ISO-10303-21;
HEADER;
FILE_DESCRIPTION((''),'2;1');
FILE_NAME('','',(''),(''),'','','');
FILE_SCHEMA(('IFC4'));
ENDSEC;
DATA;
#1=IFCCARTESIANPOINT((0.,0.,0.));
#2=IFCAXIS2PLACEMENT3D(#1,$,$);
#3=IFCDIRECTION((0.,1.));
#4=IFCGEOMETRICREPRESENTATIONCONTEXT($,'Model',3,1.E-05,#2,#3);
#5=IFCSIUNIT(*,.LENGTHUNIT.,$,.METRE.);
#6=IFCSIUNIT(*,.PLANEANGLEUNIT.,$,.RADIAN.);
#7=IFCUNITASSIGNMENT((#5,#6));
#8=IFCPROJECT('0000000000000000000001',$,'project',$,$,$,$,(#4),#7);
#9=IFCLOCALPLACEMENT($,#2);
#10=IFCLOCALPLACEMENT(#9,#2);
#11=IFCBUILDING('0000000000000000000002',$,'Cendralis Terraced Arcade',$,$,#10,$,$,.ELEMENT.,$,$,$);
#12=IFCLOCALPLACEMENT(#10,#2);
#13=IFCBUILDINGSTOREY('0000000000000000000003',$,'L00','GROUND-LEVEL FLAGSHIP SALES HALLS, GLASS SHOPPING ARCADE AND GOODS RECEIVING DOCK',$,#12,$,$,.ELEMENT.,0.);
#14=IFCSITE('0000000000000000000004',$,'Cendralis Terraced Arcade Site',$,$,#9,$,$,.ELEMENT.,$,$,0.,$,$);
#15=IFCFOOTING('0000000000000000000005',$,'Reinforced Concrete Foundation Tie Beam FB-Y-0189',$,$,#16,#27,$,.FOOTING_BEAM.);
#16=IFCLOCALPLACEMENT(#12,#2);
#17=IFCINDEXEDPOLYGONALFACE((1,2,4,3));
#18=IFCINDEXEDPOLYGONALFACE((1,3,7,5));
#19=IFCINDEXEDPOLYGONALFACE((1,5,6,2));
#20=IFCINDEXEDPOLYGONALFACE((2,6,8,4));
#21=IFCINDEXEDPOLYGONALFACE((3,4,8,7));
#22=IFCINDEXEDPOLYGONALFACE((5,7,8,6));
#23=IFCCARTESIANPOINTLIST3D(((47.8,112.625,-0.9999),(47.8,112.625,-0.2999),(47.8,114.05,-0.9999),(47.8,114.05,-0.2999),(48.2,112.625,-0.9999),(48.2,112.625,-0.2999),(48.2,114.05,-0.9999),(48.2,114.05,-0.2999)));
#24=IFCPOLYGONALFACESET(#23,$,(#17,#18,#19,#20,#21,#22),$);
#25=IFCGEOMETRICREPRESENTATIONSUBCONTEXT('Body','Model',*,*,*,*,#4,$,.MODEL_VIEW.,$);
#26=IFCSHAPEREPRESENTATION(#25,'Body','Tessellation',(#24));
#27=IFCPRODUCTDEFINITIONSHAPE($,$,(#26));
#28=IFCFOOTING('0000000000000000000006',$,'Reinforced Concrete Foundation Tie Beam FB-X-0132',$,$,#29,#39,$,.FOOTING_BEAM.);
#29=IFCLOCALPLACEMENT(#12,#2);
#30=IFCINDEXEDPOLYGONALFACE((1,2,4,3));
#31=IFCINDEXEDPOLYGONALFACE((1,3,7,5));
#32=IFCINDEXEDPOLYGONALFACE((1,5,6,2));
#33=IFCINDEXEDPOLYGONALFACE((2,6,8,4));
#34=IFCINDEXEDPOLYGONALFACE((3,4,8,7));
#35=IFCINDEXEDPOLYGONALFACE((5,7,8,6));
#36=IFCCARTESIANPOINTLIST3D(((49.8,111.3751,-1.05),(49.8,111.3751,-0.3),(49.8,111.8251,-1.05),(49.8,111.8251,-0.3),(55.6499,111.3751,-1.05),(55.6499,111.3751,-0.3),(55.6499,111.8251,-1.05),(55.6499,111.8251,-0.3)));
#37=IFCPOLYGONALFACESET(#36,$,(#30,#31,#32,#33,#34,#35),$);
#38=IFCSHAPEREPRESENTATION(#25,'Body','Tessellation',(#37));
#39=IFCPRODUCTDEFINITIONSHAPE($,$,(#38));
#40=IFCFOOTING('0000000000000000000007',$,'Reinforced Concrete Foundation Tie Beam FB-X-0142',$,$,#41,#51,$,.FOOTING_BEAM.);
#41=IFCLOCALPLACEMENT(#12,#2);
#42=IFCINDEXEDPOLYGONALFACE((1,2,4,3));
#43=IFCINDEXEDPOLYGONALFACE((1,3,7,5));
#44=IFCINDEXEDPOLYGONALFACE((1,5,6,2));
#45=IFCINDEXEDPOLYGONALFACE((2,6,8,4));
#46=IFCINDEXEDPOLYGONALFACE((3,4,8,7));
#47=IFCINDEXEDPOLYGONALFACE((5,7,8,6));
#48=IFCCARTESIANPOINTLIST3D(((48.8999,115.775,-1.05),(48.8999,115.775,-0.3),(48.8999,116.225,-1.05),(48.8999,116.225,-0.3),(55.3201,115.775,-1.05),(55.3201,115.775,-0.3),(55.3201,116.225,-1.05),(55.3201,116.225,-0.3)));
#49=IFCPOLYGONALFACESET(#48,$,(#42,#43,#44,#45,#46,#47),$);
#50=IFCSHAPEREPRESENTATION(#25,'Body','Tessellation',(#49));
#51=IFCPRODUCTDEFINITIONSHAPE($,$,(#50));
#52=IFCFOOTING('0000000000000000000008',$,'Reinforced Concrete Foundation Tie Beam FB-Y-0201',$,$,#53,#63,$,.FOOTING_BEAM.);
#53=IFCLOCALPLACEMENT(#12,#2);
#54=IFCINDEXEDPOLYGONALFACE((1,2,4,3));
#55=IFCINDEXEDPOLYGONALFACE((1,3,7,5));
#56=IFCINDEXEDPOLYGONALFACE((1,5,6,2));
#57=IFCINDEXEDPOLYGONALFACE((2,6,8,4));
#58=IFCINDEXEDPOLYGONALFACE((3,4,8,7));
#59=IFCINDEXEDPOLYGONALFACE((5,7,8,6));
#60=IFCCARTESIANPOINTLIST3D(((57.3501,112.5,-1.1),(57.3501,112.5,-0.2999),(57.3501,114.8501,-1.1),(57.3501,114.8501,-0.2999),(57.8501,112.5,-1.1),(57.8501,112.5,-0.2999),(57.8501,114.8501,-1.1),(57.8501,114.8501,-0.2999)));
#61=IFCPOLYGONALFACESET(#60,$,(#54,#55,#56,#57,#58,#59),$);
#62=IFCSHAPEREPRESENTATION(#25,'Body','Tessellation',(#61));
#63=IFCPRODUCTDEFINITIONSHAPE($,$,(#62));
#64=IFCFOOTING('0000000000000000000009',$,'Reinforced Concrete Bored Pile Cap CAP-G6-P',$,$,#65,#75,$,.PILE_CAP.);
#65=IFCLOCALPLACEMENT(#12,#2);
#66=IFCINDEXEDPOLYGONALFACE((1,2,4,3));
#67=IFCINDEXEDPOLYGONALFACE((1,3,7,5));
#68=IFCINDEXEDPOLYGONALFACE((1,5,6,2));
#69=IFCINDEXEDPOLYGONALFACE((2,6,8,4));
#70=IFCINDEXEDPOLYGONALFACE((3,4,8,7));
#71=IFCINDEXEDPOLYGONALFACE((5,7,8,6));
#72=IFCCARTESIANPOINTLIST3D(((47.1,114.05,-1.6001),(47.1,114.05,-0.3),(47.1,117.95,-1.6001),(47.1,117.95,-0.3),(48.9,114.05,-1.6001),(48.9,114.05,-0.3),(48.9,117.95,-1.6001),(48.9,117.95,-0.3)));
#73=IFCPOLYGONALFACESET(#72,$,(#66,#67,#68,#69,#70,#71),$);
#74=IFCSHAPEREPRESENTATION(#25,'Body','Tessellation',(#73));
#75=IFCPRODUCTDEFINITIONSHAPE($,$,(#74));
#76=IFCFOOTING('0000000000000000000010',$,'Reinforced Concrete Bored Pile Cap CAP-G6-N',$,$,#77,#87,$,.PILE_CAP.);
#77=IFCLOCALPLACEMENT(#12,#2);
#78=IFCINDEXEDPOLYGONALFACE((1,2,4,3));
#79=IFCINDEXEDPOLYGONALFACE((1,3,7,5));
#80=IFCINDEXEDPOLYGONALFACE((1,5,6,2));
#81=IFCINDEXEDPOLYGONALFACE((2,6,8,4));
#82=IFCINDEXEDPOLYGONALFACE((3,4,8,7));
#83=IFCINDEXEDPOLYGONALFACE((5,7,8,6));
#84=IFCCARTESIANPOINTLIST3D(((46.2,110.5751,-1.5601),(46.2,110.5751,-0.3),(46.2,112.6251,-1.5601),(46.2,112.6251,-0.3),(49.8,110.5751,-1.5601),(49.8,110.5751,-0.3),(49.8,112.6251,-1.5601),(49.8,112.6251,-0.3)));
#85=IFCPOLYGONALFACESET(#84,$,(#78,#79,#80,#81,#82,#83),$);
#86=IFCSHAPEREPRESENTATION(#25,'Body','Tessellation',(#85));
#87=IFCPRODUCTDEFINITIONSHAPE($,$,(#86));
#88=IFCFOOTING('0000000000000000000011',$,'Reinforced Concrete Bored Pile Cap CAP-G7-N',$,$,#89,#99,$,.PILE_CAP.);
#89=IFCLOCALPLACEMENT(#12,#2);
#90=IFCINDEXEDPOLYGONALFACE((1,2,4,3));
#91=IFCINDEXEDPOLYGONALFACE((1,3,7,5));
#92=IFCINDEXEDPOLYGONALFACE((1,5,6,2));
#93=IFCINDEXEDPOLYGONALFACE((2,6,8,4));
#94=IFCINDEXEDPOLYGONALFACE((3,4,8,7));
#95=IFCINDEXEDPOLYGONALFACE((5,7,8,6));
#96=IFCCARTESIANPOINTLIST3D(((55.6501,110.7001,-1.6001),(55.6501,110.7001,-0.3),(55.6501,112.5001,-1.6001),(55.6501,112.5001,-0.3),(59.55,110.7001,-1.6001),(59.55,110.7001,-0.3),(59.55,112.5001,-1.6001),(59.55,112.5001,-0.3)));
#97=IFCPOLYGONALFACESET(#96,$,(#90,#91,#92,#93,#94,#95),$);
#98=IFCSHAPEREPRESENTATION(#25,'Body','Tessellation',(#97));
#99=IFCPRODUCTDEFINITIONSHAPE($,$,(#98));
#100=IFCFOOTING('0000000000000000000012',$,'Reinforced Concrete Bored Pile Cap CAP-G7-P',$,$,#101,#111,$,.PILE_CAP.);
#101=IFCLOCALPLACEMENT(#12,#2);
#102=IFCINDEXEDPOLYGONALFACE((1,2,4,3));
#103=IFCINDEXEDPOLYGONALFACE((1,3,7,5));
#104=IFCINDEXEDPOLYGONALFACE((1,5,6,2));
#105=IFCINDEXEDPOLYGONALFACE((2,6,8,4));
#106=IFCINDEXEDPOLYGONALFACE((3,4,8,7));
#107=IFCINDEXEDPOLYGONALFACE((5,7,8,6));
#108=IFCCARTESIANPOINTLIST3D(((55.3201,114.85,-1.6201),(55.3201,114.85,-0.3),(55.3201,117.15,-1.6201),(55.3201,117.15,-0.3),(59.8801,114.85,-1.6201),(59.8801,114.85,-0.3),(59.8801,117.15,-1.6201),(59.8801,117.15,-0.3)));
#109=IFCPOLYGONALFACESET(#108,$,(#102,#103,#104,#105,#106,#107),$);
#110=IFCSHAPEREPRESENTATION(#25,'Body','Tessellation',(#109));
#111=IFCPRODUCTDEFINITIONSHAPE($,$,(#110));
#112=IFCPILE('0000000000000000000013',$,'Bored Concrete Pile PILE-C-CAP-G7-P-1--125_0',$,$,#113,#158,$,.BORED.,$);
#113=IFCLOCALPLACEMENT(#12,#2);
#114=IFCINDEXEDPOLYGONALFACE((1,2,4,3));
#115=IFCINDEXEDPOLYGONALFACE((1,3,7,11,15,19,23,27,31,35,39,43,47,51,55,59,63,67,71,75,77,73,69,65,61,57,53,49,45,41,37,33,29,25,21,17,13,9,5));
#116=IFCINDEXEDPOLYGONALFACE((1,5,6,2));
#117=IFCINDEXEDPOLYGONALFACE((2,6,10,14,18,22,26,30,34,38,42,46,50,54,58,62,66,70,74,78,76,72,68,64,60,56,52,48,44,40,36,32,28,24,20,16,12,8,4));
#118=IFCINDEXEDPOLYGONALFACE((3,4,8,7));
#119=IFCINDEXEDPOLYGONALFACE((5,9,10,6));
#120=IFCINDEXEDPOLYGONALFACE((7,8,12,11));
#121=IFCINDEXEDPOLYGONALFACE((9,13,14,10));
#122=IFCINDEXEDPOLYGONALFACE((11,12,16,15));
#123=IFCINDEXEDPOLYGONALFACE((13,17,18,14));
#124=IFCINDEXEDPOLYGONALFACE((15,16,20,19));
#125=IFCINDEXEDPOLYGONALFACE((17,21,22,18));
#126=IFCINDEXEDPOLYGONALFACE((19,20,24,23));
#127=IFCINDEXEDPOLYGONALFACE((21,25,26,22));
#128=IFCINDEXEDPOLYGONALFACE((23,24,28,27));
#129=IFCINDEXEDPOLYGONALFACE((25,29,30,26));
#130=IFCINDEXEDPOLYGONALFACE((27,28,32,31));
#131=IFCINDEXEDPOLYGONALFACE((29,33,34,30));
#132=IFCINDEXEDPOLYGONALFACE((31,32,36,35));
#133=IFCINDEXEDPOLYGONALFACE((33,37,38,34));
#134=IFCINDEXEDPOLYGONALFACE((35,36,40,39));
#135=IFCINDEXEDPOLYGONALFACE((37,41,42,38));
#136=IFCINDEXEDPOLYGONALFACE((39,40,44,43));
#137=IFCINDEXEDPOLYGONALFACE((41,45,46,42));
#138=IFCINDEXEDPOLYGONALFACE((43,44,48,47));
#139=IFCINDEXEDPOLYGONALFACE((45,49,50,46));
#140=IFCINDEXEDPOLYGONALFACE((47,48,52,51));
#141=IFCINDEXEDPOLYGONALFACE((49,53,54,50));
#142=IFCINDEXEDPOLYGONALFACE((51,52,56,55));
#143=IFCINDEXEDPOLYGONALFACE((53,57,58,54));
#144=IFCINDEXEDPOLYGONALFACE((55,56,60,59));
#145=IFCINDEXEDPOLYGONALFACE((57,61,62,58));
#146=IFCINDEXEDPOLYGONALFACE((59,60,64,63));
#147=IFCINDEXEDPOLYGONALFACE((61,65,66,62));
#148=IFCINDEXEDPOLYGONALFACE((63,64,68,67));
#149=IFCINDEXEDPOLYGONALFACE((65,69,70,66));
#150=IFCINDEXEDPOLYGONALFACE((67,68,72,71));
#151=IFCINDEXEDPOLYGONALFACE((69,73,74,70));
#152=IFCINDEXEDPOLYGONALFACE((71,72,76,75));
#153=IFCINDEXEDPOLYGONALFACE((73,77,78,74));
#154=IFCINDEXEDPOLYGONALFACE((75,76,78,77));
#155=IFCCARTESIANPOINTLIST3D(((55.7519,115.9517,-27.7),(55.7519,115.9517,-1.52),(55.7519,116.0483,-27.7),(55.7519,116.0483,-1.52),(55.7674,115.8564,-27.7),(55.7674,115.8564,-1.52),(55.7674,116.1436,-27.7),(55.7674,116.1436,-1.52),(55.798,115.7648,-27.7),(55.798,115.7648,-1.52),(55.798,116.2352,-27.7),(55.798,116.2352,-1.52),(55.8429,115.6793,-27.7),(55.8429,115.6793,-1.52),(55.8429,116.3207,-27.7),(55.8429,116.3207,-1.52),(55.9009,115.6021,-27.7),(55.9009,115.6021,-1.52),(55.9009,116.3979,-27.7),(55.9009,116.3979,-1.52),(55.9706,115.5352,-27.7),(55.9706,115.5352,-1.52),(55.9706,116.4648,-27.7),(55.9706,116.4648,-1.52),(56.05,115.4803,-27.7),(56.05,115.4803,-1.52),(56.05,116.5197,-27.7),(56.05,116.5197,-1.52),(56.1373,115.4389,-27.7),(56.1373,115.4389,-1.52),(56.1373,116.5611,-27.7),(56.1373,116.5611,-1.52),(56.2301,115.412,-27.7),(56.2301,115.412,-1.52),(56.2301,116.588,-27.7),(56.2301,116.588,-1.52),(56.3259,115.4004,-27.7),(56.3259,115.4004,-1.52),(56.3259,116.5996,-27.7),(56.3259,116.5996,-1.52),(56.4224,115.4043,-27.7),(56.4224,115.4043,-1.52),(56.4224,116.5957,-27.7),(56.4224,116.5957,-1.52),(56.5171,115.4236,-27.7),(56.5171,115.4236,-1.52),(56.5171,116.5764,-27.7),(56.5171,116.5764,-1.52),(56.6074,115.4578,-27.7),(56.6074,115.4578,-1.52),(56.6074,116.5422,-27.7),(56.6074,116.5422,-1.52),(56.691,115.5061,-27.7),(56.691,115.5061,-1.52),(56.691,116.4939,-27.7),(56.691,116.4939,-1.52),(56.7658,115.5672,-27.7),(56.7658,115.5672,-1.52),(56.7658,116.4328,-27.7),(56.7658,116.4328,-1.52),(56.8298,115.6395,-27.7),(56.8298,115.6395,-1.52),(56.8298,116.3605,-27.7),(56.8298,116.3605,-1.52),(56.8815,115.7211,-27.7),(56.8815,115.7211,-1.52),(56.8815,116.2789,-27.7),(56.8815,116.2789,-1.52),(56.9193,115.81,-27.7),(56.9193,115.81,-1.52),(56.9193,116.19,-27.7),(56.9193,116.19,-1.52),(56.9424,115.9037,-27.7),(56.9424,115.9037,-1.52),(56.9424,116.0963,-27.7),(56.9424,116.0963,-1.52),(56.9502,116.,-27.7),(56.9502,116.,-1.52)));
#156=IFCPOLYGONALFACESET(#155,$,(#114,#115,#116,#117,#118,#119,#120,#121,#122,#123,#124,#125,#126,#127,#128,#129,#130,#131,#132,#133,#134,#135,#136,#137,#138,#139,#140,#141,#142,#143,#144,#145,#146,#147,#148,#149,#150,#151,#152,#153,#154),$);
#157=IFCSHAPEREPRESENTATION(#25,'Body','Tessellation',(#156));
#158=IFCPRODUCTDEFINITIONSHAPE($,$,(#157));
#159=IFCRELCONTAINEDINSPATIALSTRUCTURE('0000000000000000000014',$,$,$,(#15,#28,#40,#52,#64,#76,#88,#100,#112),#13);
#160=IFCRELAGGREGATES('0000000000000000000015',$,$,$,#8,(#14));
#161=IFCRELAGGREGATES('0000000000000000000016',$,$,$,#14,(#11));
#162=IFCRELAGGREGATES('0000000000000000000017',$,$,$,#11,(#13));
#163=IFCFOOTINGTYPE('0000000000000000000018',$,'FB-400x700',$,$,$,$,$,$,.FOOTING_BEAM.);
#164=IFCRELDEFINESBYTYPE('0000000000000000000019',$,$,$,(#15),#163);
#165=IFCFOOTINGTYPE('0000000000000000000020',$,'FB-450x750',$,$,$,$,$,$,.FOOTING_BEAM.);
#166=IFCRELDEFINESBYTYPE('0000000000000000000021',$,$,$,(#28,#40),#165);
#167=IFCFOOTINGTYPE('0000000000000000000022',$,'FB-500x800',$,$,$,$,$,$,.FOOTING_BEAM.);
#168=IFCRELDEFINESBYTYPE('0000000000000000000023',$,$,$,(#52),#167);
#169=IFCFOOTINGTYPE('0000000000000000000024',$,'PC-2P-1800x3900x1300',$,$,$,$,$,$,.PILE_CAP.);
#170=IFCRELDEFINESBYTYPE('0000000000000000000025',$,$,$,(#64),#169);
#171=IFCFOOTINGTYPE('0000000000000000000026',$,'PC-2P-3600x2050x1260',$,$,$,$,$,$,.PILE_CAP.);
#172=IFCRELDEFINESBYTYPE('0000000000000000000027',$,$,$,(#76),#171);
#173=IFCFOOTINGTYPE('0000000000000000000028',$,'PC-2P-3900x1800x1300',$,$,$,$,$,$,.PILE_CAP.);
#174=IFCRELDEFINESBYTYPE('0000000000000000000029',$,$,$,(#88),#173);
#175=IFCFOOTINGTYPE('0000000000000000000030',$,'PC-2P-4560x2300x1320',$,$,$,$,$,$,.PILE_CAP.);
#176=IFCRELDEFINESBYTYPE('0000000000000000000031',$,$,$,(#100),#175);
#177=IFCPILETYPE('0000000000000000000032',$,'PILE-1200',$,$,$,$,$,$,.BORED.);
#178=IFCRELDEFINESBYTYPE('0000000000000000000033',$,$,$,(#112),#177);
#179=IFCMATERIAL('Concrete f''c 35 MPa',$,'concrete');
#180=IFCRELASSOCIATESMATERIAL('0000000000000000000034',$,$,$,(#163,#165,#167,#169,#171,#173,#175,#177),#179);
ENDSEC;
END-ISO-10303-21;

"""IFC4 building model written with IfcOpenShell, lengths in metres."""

from ifc_helpers import new_model, si_unit, direction, frame, origin, origin_2d, place, context, subcontext, project, spatial, rectangle, circle, extrude, material, material_profile, profile_set, type_object, element, save


model = new_model("IFC4")

# Units and contexts
model_context = context("Model", 3, precision=1e-05, world=origin(), true_north=direction((0.0, 1.0)))
body_context = subcontext(model_context, "Body", "Model", "MODEL_VIEW")
ifc_project = project(units=[si_unit("LENGTHUNIT", "METRE"), si_unit("PLANEANGLEUNIT", "RADIAN")], contexts=[model_context])

# Site, building, storey
site_placement = place(None, origin())
site = spatial("IfcSite", under=ifc_project, at=site_placement, Name="Cendralis Terraced Arcade Site", CompositionType="ELEMENT", RefElevation=0.0)
building_placement = place(site_placement, origin())
building = spatial("IfcBuilding", under=site, at=building_placement, Name="Cendralis Terraced Arcade", CompositionType="ELEMENT")
storey_placement = place(building_placement, origin())
storey = spatial("IfcBuildingStorey", under=building, at=storey_placement, Name="L00", Description="GROUND-LEVEL FLAGSHIP SALES HALLS, GLASS SHOPPING ARCADE AND GOODS RECEIVING DOCK", CompositionType="ELEMENT", Elevation=0.0)

# Footings
ifc_material_1 = material(Name="Concrete f'c 35 MPa", Category="concrete")
ifc_material_profile_1 = material_profile(ifc_material_1, rectangle(XDim=0.3999, YDim=0.7, at=origin_2d()), Name="FB-400x700", Category="LoadBearing")
ifc_profile_set_1 = profile_set([ifc_material_profile_1], Name="Concrete f'c 35 MPa")
footing_type_1 = type_object("IfcFootingType", Name="FB-400x700", PredefinedType="FOOTING_BEAM", material=ifc_profile_set_1)
footing_1_placement = place(storey_placement, frame((48.0, 112.625, -0.6499), z_axis=(0.0, 1.0, 0.0), x_axis=(-1.0, 0.0, 0.0)))
element("IfcFooting", 1, at=footing_1_placement, inside=storey, type_object=footing_type_1, Name="Reinforced Concrete Foundation Tie Beam FB-Y-0189", PredefinedType="FOOTING_BEAM", context=body_context, shape_type="SweptSolid", body=[
    extrude(rectangle(XDim=0.3999, YDim=0.7, at=origin_2d()), origin(), (0.0, 0.0, 1.0), 1.425),
])
ifc_material_profile_2 = material_profile(ifc_material_1, rectangle(XDim=0.45, YDim=0.75, at=origin_2d()), Name="FB-450x750", Category="LoadBearing")
ifc_profile_set_2 = profile_set([ifc_material_profile_2], Name="Concrete f'c 35 MPa")
footing_type_2 = type_object("IfcFootingType", Name="FB-450x750", PredefinedType="FOOTING_BEAM", material=ifc_profile_set_2)
footing_2_placement = place(storey_placement, frame((49.8, 111.6001, -0.675), z_axis=(1.0, 0.0, 0.0), x_axis=(0.0, 1.0, 0.0)))
element("IfcFooting", 2, at=footing_2_placement, inside=storey, type_object=footing_type_2, Name="Reinforced Concrete Foundation Tie Beam FB-X-0132", PredefinedType="FOOTING_BEAM", context=body_context, shape_type="SweptSolid", body=[
    extrude(rectangle(XDim=0.45, YDim=0.75, at=origin_2d()), origin(), (0.0, 0.0, 1.0), 5.8499),
])
footing_3_placement = place(storey_placement, frame((48.8999, 116.0, -0.675), z_axis=(1.0, 0.0, 0.0), x_axis=(0.0, 1.0, 0.0)))
element("IfcFooting", 3, at=footing_3_placement, inside=storey, type_object=footing_type_2, Name="Reinforced Concrete Foundation Tie Beam FB-X-0142", PredefinedType="FOOTING_BEAM", context=body_context, shape_type="SweptSolid", body=[
    extrude(rectangle(XDim=0.45, YDim=0.75, at=origin_2d()), origin(), (0.0, 0.0, 1.0), 6.4202),
])
ifc_material_profile_3 = material_profile(ifc_material_1, rectangle(XDim=0.5, YDim=0.8, at=origin_2d()), Name="FB-500x800", Category="LoadBearing")
ifc_profile_set_3 = profile_set([ifc_material_profile_3], Name="Concrete f'c 35 MPa")
footing_type_3 = type_object("IfcFootingType", Name="FB-500x800", PredefinedType="FOOTING_BEAM", material=ifc_profile_set_3)
footing_4_placement = place(storey_placement, frame((57.6001, 112.5, -0.7), z_axis=(0.0, 1.0, 0.0), x_axis=(-1.0, 0.0, 0.0)))
element("IfcFooting", 4, at=footing_4_placement, inside=storey, type_object=footing_type_3, Name="Reinforced Concrete Foundation Tie Beam FB-Y-0201", PredefinedType="FOOTING_BEAM", context=body_context, shape_type="SweptSolid", body=[
    extrude(rectangle(XDim=0.5, YDim=0.8, at=origin_2d()), origin(), (0.0, 0.0, 1.0), 2.3501),
])
footing_type_4 = type_object("IfcFootingType", Name="PC-2P-1800x3900x1300", PredefinedType="PILE_CAP", material=ifc_material_1)
footing_5_placement = place(storey_placement, frame((48.0, 116.0, -1.6001), z_axis=(0.0, 0.0, 1.0), x_axis=(1.0, 0.0, 0.0)))
element("IfcFooting", 5, at=footing_5_placement, inside=storey, type_object=footing_type_4, Name="Reinforced Concrete Bored Pile Cap CAP-G6-P", PredefinedType="PILE_CAP", context=body_context, shape_type="SweptSolid", body=[
    extrude(rectangle(XDim=1.8, YDim=3.8999, at=origin_2d()), origin(), (0.0, 0.0, 1.0), 1.3),
])
footing_type_5 = type_object("IfcFootingType", Name="PC-2P-3600x2050x1260", PredefinedType="PILE_CAP", material=ifc_material_1)
footing_6_placement = place(storey_placement, frame((48.0, 111.6001, -1.5601), z_axis=(0.0, 0.0, 1.0), x_axis=(1.0, 0.0, 0.0)))
element("IfcFooting", 6, at=footing_6_placement, inside=storey, type_object=footing_type_5, Name="Reinforced Concrete Bored Pile Cap CAP-G6-N", PredefinedType="PILE_CAP", context=body_context, shape_type="SweptSolid", body=[
    extrude(rectangle(XDim=3.6001, YDim=2.05, at=origin_2d()), origin(), (0.0, 0.0, 1.0), 1.26),
])
footing_type_6 = type_object("IfcFootingType", Name="PC-2P-3900x1800x1300", PredefinedType="PILE_CAP", material=ifc_material_1)
footing_7_placement = place(storey_placement, frame((57.6001, 111.6001, -1.6001), z_axis=(0.0, 0.0, 1.0), x_axis=(1.0, 0.0, 0.0)))
element("IfcFooting", 7, at=footing_7_placement, inside=storey, type_object=footing_type_6, Name="Reinforced Concrete Bored Pile Cap CAP-G7-N", PredefinedType="PILE_CAP", context=body_context, shape_type="SweptSolid", body=[
    extrude(rectangle(XDim=3.8999, YDim=1.8, at=origin_2d()), origin(), (0.0, 0.0, 1.0), 1.3),
])
footing_type_7 = type_object("IfcFootingType", Name="PC-2P-4560x2300x1320", PredefinedType="PILE_CAP", material=ifc_material_1)
footing_8_placement = place(storey_placement, frame((57.6001, 116.0, -1.6201), z_axis=(0.0, 0.0, 1.0), x_axis=(1.0, 0.0, 0.0)))
element("IfcFooting", 8, at=footing_8_placement, inside=storey, type_object=footing_type_7, Name="Reinforced Concrete Bored Pile Cap CAP-G7-P", PredefinedType="PILE_CAP", context=body_context, shape_type="SweptSolid", body=[
    extrude(rectangle(XDim=4.5601, YDim=2.3, at=origin_2d()), origin(), (0.0, 0.0, 1.0), 1.3201),
])

# Pile
ifc_material_profile_4 = material_profile(ifc_material_1, circle(Radius=0.6001, at=origin_2d()), Name="PILE-D1200", Category="LoadBearing")
ifc_profile_set_4 = profile_set([ifc_material_profile_4], Name="Concrete f'c 35 MPa")
pile_type_1 = type_object("IfcPileType", Name="PILE-1200", PredefinedType="BORED", material=ifc_profile_set_4)
pile_placement = place(storey_placement, frame((56.3501, 116.0, -1.52), z_axis=(0.0, 0.0, -1.0), x_axis=(1.0, 0.0, 0.0)))
element("IfcPile", 9, at=pile_placement, inside=storey, type_object=pile_type_1, Name="Bored Concrete Pile PILE-C-CAP-G7-P-1--125_0", PredefinedType="BORED", context=body_context, shape_type="SweptSolid", body=[
    extrude(circle(Radius=0.6001, at=origin_2d()), origin(), (0.0, 0.0, 1.0), 26.1799),
])

save(model, "model.ifc")
